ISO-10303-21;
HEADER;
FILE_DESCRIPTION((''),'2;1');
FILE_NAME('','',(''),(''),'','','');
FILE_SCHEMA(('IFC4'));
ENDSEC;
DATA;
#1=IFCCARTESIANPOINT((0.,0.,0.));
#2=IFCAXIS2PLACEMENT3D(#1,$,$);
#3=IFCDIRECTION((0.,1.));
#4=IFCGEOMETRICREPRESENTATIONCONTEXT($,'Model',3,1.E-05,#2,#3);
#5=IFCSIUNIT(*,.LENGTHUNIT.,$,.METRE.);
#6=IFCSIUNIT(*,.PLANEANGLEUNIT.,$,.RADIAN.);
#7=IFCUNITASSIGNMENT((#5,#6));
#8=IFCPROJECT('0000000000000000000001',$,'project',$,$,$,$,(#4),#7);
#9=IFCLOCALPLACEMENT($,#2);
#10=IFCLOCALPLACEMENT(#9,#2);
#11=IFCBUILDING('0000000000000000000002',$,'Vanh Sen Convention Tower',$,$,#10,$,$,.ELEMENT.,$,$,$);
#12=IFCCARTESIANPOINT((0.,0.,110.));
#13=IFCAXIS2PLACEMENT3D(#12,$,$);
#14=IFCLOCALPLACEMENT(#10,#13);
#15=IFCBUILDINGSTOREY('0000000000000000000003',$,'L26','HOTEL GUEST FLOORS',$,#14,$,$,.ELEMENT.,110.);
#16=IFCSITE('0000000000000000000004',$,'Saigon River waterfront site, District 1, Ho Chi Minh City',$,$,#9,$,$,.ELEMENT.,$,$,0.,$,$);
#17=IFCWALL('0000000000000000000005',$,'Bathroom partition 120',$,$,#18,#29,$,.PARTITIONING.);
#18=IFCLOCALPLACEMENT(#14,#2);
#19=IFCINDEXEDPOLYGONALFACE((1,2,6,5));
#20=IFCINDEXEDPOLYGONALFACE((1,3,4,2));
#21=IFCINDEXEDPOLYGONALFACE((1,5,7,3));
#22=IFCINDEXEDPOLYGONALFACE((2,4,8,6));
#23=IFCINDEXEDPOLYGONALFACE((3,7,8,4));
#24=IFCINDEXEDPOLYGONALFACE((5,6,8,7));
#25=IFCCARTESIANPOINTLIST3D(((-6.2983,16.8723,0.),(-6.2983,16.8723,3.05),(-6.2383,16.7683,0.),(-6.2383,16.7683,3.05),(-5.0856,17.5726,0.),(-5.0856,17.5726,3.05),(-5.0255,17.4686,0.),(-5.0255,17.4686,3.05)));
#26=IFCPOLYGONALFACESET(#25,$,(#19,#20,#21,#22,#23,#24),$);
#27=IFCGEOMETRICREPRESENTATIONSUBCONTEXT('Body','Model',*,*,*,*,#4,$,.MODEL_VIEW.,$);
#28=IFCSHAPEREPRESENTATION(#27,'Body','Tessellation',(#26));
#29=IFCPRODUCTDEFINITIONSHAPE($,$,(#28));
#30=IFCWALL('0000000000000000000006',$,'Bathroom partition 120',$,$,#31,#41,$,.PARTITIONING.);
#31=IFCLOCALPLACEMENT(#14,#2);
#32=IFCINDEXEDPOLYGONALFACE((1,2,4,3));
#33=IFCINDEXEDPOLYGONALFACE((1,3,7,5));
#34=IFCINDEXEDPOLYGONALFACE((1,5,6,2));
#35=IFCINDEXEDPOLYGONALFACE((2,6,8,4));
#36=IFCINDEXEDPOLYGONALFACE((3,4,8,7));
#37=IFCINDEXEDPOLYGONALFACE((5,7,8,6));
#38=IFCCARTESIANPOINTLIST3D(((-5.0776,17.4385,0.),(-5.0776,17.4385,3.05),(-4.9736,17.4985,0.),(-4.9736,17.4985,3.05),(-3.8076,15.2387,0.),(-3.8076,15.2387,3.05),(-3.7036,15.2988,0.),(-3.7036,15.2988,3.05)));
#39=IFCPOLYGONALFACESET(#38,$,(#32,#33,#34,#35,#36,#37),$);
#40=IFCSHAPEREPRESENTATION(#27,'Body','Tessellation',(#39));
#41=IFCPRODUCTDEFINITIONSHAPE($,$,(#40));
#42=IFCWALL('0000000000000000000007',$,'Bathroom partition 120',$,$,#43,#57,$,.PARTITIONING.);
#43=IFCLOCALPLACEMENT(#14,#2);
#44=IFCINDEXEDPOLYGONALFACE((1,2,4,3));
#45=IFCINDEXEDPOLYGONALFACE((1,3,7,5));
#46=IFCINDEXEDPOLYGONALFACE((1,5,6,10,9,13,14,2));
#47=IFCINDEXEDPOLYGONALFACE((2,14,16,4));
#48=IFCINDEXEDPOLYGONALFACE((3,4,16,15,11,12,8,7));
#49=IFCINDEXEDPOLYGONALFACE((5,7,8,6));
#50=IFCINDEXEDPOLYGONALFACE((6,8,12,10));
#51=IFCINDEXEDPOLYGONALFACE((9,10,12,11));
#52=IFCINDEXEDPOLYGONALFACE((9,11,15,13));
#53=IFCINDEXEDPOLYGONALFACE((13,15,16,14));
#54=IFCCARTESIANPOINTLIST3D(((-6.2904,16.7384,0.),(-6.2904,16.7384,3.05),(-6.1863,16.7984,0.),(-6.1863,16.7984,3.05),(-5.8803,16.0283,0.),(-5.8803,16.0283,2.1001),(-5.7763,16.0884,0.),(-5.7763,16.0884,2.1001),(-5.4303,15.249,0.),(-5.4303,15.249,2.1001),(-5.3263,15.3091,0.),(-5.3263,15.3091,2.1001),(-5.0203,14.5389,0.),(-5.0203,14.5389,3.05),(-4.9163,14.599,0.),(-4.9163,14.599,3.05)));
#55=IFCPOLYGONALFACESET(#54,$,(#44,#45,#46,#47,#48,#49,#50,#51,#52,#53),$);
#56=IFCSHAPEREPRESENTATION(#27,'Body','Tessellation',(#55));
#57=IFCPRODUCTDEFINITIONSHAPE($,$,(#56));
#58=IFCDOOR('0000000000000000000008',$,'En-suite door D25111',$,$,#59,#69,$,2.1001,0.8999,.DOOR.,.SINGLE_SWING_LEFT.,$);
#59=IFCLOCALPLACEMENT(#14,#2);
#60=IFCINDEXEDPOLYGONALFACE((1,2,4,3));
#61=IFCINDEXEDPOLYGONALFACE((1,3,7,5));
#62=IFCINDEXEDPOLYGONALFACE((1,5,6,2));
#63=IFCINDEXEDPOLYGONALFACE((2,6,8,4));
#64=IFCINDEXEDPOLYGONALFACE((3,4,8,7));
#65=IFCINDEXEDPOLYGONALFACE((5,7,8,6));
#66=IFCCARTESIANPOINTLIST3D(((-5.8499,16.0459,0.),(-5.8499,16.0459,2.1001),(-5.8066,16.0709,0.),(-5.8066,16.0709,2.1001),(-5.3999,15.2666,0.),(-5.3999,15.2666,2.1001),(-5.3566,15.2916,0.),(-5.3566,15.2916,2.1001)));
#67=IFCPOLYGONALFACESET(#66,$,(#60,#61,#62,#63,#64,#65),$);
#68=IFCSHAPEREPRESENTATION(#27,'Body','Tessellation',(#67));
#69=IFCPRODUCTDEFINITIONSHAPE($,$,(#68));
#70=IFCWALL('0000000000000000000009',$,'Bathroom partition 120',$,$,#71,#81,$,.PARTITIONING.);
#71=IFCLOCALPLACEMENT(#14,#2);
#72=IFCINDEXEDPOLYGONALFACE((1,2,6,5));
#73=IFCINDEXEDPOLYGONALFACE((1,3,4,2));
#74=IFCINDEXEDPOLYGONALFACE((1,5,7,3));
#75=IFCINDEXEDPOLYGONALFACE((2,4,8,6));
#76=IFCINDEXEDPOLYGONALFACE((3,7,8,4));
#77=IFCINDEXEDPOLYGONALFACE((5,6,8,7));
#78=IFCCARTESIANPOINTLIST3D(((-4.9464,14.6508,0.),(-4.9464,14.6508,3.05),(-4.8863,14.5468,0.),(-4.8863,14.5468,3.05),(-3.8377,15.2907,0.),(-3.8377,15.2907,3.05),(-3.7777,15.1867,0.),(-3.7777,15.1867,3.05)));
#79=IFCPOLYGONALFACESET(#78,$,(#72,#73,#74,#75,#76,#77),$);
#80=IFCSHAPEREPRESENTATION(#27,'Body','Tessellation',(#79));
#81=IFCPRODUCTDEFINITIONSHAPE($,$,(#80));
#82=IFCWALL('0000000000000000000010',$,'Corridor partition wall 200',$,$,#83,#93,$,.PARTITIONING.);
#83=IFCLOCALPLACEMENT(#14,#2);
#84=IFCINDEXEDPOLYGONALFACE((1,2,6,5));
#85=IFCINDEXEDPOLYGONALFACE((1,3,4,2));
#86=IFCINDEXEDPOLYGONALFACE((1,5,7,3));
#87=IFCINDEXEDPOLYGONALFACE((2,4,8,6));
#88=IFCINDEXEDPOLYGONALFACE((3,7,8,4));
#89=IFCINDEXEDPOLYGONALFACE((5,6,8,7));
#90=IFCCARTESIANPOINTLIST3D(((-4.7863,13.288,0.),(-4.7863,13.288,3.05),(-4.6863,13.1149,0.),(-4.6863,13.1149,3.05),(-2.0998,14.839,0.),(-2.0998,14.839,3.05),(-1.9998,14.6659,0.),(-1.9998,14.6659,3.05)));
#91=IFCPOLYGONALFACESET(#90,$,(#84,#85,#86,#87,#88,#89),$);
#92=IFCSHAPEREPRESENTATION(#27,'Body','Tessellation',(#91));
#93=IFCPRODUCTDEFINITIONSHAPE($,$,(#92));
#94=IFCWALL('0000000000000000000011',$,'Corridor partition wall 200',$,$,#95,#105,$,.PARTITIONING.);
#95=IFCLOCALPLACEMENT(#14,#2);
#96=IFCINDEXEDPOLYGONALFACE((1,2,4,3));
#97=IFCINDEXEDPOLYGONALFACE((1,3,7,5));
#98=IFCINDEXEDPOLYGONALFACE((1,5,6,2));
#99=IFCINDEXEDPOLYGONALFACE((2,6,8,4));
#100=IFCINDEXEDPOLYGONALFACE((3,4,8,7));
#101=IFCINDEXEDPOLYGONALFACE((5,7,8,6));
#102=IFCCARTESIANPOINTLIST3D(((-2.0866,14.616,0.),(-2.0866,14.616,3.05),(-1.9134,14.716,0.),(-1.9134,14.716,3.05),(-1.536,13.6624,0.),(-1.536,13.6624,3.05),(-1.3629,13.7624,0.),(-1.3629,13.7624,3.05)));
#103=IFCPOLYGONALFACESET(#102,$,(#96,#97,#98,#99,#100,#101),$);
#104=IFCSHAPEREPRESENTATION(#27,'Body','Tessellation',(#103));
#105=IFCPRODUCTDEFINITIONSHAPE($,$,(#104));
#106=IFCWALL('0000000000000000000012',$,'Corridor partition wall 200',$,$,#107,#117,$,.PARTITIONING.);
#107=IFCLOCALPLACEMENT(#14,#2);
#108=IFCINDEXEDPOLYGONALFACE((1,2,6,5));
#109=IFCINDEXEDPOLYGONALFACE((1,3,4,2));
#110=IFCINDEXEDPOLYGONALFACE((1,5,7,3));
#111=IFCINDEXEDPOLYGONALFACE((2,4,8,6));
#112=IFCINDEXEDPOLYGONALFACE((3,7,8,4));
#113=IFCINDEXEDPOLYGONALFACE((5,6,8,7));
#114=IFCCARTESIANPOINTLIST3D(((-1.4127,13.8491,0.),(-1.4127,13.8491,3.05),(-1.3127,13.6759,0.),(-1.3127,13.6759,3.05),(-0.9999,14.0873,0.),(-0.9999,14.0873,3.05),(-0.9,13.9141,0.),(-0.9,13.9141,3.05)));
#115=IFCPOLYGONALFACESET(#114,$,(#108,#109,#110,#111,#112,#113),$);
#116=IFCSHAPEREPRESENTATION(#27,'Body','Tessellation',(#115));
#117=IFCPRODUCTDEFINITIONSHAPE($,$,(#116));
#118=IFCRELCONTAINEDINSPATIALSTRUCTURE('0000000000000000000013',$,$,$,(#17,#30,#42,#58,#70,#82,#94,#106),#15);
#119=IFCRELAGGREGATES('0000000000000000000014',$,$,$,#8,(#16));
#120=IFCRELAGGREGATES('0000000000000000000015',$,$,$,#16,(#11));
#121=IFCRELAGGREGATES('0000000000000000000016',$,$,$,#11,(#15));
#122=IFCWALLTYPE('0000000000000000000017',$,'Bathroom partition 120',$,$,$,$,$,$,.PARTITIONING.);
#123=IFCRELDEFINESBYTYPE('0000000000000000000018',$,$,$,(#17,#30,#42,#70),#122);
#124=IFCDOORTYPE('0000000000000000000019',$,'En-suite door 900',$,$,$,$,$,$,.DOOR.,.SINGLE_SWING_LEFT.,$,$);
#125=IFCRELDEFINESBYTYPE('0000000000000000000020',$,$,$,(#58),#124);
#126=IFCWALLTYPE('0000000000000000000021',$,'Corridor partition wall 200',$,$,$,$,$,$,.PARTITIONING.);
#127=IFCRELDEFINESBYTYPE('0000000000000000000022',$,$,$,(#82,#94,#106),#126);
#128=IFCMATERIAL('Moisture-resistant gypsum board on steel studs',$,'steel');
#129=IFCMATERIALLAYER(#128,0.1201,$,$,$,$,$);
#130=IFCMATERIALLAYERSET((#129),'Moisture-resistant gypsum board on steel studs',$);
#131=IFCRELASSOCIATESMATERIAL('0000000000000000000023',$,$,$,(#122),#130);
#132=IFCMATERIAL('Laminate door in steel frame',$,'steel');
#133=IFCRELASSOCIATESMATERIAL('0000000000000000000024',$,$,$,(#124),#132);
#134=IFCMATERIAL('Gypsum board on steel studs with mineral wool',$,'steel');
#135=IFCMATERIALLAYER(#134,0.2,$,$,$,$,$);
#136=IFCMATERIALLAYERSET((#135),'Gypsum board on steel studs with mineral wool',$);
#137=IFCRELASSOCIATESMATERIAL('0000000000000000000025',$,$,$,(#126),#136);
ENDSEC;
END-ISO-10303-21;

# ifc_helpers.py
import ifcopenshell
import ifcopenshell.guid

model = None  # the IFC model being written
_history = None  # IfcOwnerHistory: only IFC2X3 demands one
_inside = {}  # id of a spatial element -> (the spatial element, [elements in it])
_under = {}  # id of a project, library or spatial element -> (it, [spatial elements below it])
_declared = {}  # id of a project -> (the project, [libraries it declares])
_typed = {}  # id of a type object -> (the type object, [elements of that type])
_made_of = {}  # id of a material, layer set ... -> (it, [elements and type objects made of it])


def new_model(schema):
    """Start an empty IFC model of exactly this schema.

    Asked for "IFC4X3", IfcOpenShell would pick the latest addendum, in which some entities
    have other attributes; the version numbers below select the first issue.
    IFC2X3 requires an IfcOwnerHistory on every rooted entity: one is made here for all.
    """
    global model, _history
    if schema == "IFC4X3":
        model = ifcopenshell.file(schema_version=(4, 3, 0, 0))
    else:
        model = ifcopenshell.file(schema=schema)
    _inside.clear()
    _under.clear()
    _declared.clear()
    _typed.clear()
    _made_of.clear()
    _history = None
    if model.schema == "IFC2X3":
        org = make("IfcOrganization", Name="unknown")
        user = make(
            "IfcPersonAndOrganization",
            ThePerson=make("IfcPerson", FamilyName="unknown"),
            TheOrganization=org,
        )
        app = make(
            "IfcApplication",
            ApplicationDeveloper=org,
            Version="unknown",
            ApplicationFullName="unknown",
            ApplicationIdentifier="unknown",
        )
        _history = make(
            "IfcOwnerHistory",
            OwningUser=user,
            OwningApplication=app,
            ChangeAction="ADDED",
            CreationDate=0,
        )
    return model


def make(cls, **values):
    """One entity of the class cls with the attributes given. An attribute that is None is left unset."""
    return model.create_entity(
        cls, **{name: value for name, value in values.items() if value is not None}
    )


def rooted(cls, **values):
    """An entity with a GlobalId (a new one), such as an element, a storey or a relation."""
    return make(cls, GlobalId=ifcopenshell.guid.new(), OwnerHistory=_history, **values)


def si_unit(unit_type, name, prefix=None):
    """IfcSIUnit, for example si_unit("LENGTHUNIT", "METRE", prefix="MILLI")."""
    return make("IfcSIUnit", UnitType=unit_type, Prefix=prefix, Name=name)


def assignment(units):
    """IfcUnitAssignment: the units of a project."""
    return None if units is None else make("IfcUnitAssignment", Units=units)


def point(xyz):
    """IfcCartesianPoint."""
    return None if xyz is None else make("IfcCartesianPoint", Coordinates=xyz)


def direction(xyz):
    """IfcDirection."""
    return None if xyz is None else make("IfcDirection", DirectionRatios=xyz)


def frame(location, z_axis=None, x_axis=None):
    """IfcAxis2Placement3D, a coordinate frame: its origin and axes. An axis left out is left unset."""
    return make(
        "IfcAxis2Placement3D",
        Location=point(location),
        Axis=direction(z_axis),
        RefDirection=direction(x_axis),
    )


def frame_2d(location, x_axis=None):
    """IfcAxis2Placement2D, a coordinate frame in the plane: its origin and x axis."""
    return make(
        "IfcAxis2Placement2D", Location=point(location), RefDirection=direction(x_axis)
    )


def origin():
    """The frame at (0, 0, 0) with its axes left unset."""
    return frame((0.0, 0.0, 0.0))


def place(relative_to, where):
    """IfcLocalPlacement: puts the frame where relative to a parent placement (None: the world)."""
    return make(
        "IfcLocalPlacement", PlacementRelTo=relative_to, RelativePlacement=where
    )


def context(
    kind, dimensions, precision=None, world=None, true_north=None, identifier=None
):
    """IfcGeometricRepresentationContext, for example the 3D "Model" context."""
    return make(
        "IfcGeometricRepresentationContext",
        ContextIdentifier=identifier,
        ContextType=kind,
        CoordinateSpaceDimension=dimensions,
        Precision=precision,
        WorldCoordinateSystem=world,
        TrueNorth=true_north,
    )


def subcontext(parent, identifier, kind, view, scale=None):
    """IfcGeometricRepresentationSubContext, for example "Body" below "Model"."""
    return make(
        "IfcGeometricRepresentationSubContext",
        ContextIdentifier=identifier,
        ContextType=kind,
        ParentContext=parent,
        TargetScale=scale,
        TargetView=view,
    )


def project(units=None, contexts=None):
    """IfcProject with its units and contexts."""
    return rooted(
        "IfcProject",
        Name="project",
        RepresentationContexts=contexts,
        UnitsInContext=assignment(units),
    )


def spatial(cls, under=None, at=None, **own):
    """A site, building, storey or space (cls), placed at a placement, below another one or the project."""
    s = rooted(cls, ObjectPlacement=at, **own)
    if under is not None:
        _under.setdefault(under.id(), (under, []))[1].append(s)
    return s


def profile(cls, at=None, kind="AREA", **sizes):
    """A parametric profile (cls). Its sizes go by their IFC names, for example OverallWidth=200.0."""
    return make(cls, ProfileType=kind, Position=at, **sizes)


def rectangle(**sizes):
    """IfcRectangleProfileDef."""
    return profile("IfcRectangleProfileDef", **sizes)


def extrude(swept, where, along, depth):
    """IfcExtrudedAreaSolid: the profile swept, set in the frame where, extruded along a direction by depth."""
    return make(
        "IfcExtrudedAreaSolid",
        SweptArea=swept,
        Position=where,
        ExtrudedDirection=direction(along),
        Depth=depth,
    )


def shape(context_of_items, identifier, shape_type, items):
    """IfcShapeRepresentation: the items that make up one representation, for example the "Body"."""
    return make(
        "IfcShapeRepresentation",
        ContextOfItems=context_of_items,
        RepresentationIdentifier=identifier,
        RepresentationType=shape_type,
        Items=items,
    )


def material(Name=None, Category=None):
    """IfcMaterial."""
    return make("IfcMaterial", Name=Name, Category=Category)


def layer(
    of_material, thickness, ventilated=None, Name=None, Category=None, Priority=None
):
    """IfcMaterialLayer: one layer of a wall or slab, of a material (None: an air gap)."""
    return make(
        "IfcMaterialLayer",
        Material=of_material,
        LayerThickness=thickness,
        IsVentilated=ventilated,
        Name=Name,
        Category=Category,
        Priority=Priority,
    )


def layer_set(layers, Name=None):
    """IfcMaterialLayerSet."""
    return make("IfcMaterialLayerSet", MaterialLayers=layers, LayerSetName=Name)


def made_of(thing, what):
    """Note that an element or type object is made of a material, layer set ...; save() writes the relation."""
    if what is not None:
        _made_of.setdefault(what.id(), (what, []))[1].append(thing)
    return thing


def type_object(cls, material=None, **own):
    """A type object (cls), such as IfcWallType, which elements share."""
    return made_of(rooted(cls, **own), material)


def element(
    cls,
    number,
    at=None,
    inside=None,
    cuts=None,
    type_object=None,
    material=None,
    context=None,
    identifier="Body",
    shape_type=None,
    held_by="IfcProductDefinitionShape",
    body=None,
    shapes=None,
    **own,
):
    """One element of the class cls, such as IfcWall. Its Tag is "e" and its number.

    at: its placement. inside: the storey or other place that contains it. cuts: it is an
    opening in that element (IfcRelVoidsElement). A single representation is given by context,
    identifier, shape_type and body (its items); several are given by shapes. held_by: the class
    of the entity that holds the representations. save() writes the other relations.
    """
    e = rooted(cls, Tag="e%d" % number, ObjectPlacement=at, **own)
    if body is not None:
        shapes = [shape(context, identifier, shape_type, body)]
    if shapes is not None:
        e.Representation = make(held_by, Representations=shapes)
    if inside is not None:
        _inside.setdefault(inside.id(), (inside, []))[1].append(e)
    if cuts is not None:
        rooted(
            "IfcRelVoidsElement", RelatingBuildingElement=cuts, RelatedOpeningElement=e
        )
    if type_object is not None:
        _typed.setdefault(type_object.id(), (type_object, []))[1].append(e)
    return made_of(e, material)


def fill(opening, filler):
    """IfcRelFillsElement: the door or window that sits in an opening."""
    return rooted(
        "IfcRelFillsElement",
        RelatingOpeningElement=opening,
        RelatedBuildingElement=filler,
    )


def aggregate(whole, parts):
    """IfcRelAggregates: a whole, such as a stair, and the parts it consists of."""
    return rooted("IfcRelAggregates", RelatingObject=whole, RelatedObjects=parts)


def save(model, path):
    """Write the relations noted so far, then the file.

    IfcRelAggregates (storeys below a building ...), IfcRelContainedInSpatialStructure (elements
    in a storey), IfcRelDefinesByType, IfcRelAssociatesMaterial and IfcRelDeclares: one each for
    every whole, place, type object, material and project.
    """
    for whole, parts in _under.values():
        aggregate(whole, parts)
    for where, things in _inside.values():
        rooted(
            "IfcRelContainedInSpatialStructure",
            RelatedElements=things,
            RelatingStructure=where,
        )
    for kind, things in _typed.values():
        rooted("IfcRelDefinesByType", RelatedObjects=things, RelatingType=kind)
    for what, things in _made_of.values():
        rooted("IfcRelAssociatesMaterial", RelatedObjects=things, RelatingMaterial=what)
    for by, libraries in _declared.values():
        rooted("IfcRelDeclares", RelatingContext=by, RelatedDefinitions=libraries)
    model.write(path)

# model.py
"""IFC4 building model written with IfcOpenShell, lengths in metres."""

from ifc_helpers import new_model, si_unit, direction, frame, frame_2d, origin, place, context, subcontext, project, spatial, rectangle, extrude, material, layer, layer_set, type_object, element, fill, save


model = new_model("IFC4")

# Units and contexts
model_context = context("Model", 3, precision=1e-05, world=origin(), true_north=direction((0.0, 1.0)))
body_context = subcontext(model_context, "Body", "Model", "MODEL_VIEW")
ifc_project = project(units=[si_unit("LENGTHUNIT", "METRE"), si_unit("PLANEANGLEUNIT", "RADIAN")], contexts=[model_context])

# Site, building, storey
site_placement = place(None, origin())
site = spatial("IfcSite", under=ifc_project, at=site_placement, Name="Saigon River waterfront site, District 1, Ho Chi Minh City", CompositionType="ELEMENT", RefElevation=0.0)
building_placement = place(site_placement, origin())
building = spatial("IfcBuilding", under=site, at=building_placement, Name="Vanh Sen Convention Tower", CompositionType="ELEMENT")
storey_placement = place(building_placement, frame((0.0, 0.0, 110.0)))
storey = spatial("IfcBuildingStorey", under=building, at=storey_placement, Name="L26", Description="HOTEL GUEST FLOORS", CompositionType="ELEMENT", Elevation=110.0)

# Shared definitions
ifc_material_1 = material(Name="Moisture-resistant gypsum board on steel studs", Category="steel")
ifc_layer_1 = layer(ifc_material_1, 0.1201)
ifc_layer_set_1 = layer_set([ifc_layer_1], Name="Moisture-resistant gypsum board on steel studs")
wall_type_1 = type_object("IfcWallType", Name="Bathroom partition 120", PredefinedType="PARTITIONING", material=ifc_layer_set_1)
ifc_material_2 = material(Name="Laminate door in steel frame", Category="steel")
door_type = type_object("IfcDoorType", Name="En-suite door 900", OperationType="SINGLE_SWING_LEFT", PredefinedType="DOOR", material=ifc_material_2)

# Walls
wall_1_placement = place(storey_placement, frame((-6.2683, 16.8203, 0.0), z_axis=(0.0, 0.0, 1.0), x_axis=(0.866003, 0.500039, 0.0)))
element("IfcWall", 1, at=wall_1_placement, inside=storey, type_object=wall_type_1, Name="Bathroom partition 120", PredefinedType="PARTITIONING", context=body_context, shape_type="SweptSolid", body=[
    extrude(rectangle(XDim=1.4004, YDim=0.1201, at=frame_2d((0.7002, 0.0))), origin(), (0.0, 0.0, 1.0), 3.05),
])
wall_2_placement = place(storey_placement, frame((-5.0256, 17.4685, 0.0), z_axis=(0.0, 0.0, 1.0), x_axis=(0.500005, -0.866022, 0.0)))
element("IfcWall", 2, at=wall_2_placement, inside=storey, type_object=wall_type_1, Name="Bathroom partition 120", PredefinedType="PARTITIONING", context=body_context, shape_type="SweptSolid", body=[
    extrude(rectangle(XDim=2.54, YDim=0.1201, at=frame_2d((1.27, 0.0))), origin(), (0.0, 0.0, 1.0), 3.05),
])

# Wall, opening, door
wall_3_placement = place(storey_placement, frame((-4.9683, 14.5688, 0.0), z_axis=(0.0, 0.0, 1.0), x_axis=(-0.500047, 0.865998, 0.0)))
wall_3 = element("IfcWall", 3, at=wall_3_placement, inside=storey, type_object=wall_type_1, Name="Bathroom partition 120", PredefinedType="PARTITIONING", context=body_context, shape_type="SweptSolid", body=[
    extrude(rectangle(XDim=2.5398, YDim=0.1201, at=frame_2d((1.27, 0.0))), origin(), (0.0, 0.0, 1.0), 3.05),
])
opening_1_placement = place(wall_3_placement, frame((0.8201, 0.0, 0.0)))
opening_1 = element("IfcOpeningElement", 4, at=opening_1_placement, cuts=wall_3, PredefinedType="OPENING", context=body_context, shape_type="SweptSolid", body=[
    extrude(rectangle(XDim=0.8999, YDim=2.1001, at=frame_2d((0.45, 1.05))), frame((0.0, 0.0701, 0.0), z_axis=(0.0, -1.0, 0.0), x_axis=(1.0, 0.0, 0.0)), (0.0, 0.0, 1.0), 0.1401),
])
door_1_placement = place(opening_1_placement, origin())
door_1 = element("IfcDoor", 5, at=door_1_placement, inside=storey, type_object=door_type, Name="En-suite door D25111", OperationType="SINGLE_SWING_LEFT", OverallHeight=2.1001, OverallWidth=0.8999, PredefinedType="DOOR", context=body_context, shape_type="SweptSolid", body=[
    extrude(rectangle(XDim=0.8999, YDim=2.1001, at=frame_2d((0.45, 1.05))), frame((0.0, 0.0249, 0.0), z_axis=(0.0, -1.0, 0.0), x_axis=(1.0, 0.0, 0.0)), (0.0, 0.0, 1.0), 0.05),
])
fill(opening_1, door_1)

# Walls
wall_4_placement = place(storey_placement, frame((-3.8076, 15.2388, 0.0), z_axis=(0.0, 0.0, 1.0), x_axis=(-0.866087, -0.499893, 0.0)))
element("IfcWall", 6, at=wall_4_placement, inside=storey, type_object=wall_type_1, Name="Bathroom partition 120", PredefinedType="PARTITIONING", context=body_context, shape_type="SweptSolid", body=[
    extrude(rectangle(XDim=1.28, YDim=0.1201, at=frame_2d((0.6401, 0.0))), origin(), (0.0, 0.0, 1.0), 3.05),
])
ifc_material_3 = material(Name="Gypsum board on steel studs with mineral wool", Category="steel")
ifc_layer_2 = layer(ifc_material_3, 0.2)
ifc_layer_set_2 = layer_set([ifc_layer_2], Name="Gypsum board on steel studs with mineral wool")
wall_type_2 = type_object("IfcWallType", Name="Corridor partition wall 200", PredefinedType="PARTITIONING", material=ifc_layer_set_2)
wall_5_placement = place(storey_placement, frame((-2.0498, 14.7524, 0.0), z_axis=(0.0, 0.0, 1.0), x_axis=(-0.866031, -0.49999, 0.0)))
element("IfcWall", 7, at=wall_5_placement, inside=storey, type_object=wall_type_2, Name="Corridor partition wall 200", PredefinedType="PARTITIONING", context=body_context, shape_type="SweptSolid", body=[
    extrude(rectangle(XDim=3.1021, YDim=0.2, at=frame_2d((1.551, 0.0))), origin(), (0.0, 0.0, 1.0), 3.05),
])
wall_6_placement = place(storey_placement, frame((-1.4495, 13.7124, 0.0), z_axis=(0.0, 0.0, 1.0), x_axis=(-0.499978, 0.866038, 0.0)))
element("IfcWall", 8, at=wall_6_placement, inside=storey, type_object=wall_type_2, Name="Corridor partition wall 200", PredefinedType="PARTITIONING", context=body_context, shape_type="SweptSolid", body=[
    extrude(rectangle(XDim=1.1011, YDim=0.2, at=frame_2d((0.5505, 0.0))), origin(), (0.0, 0.0, 1.0), 3.05),
])
wall_7_placement = place(storey_placement, frame((-0.95, 14.0007, 0.0), z_axis=(0.0, 0.0, 1.0), x_axis=(-0.866092, -0.499885, 0.0)))
element("IfcWall", 9, at=wall_7_placement, inside=storey, type_object=wall_type_2, Name="Corridor partition wall 200", PredefinedType="PARTITIONING", context=body_context, shape_type="SweptSolid", body=[
    extrude(rectangle(XDim=0.4766, YDim=0.2, at=frame_2d((0.2383, 0.0))), origin(), (0.0, 0.0, 1.0), 3.05),
])

save(model, "model.ifc")
